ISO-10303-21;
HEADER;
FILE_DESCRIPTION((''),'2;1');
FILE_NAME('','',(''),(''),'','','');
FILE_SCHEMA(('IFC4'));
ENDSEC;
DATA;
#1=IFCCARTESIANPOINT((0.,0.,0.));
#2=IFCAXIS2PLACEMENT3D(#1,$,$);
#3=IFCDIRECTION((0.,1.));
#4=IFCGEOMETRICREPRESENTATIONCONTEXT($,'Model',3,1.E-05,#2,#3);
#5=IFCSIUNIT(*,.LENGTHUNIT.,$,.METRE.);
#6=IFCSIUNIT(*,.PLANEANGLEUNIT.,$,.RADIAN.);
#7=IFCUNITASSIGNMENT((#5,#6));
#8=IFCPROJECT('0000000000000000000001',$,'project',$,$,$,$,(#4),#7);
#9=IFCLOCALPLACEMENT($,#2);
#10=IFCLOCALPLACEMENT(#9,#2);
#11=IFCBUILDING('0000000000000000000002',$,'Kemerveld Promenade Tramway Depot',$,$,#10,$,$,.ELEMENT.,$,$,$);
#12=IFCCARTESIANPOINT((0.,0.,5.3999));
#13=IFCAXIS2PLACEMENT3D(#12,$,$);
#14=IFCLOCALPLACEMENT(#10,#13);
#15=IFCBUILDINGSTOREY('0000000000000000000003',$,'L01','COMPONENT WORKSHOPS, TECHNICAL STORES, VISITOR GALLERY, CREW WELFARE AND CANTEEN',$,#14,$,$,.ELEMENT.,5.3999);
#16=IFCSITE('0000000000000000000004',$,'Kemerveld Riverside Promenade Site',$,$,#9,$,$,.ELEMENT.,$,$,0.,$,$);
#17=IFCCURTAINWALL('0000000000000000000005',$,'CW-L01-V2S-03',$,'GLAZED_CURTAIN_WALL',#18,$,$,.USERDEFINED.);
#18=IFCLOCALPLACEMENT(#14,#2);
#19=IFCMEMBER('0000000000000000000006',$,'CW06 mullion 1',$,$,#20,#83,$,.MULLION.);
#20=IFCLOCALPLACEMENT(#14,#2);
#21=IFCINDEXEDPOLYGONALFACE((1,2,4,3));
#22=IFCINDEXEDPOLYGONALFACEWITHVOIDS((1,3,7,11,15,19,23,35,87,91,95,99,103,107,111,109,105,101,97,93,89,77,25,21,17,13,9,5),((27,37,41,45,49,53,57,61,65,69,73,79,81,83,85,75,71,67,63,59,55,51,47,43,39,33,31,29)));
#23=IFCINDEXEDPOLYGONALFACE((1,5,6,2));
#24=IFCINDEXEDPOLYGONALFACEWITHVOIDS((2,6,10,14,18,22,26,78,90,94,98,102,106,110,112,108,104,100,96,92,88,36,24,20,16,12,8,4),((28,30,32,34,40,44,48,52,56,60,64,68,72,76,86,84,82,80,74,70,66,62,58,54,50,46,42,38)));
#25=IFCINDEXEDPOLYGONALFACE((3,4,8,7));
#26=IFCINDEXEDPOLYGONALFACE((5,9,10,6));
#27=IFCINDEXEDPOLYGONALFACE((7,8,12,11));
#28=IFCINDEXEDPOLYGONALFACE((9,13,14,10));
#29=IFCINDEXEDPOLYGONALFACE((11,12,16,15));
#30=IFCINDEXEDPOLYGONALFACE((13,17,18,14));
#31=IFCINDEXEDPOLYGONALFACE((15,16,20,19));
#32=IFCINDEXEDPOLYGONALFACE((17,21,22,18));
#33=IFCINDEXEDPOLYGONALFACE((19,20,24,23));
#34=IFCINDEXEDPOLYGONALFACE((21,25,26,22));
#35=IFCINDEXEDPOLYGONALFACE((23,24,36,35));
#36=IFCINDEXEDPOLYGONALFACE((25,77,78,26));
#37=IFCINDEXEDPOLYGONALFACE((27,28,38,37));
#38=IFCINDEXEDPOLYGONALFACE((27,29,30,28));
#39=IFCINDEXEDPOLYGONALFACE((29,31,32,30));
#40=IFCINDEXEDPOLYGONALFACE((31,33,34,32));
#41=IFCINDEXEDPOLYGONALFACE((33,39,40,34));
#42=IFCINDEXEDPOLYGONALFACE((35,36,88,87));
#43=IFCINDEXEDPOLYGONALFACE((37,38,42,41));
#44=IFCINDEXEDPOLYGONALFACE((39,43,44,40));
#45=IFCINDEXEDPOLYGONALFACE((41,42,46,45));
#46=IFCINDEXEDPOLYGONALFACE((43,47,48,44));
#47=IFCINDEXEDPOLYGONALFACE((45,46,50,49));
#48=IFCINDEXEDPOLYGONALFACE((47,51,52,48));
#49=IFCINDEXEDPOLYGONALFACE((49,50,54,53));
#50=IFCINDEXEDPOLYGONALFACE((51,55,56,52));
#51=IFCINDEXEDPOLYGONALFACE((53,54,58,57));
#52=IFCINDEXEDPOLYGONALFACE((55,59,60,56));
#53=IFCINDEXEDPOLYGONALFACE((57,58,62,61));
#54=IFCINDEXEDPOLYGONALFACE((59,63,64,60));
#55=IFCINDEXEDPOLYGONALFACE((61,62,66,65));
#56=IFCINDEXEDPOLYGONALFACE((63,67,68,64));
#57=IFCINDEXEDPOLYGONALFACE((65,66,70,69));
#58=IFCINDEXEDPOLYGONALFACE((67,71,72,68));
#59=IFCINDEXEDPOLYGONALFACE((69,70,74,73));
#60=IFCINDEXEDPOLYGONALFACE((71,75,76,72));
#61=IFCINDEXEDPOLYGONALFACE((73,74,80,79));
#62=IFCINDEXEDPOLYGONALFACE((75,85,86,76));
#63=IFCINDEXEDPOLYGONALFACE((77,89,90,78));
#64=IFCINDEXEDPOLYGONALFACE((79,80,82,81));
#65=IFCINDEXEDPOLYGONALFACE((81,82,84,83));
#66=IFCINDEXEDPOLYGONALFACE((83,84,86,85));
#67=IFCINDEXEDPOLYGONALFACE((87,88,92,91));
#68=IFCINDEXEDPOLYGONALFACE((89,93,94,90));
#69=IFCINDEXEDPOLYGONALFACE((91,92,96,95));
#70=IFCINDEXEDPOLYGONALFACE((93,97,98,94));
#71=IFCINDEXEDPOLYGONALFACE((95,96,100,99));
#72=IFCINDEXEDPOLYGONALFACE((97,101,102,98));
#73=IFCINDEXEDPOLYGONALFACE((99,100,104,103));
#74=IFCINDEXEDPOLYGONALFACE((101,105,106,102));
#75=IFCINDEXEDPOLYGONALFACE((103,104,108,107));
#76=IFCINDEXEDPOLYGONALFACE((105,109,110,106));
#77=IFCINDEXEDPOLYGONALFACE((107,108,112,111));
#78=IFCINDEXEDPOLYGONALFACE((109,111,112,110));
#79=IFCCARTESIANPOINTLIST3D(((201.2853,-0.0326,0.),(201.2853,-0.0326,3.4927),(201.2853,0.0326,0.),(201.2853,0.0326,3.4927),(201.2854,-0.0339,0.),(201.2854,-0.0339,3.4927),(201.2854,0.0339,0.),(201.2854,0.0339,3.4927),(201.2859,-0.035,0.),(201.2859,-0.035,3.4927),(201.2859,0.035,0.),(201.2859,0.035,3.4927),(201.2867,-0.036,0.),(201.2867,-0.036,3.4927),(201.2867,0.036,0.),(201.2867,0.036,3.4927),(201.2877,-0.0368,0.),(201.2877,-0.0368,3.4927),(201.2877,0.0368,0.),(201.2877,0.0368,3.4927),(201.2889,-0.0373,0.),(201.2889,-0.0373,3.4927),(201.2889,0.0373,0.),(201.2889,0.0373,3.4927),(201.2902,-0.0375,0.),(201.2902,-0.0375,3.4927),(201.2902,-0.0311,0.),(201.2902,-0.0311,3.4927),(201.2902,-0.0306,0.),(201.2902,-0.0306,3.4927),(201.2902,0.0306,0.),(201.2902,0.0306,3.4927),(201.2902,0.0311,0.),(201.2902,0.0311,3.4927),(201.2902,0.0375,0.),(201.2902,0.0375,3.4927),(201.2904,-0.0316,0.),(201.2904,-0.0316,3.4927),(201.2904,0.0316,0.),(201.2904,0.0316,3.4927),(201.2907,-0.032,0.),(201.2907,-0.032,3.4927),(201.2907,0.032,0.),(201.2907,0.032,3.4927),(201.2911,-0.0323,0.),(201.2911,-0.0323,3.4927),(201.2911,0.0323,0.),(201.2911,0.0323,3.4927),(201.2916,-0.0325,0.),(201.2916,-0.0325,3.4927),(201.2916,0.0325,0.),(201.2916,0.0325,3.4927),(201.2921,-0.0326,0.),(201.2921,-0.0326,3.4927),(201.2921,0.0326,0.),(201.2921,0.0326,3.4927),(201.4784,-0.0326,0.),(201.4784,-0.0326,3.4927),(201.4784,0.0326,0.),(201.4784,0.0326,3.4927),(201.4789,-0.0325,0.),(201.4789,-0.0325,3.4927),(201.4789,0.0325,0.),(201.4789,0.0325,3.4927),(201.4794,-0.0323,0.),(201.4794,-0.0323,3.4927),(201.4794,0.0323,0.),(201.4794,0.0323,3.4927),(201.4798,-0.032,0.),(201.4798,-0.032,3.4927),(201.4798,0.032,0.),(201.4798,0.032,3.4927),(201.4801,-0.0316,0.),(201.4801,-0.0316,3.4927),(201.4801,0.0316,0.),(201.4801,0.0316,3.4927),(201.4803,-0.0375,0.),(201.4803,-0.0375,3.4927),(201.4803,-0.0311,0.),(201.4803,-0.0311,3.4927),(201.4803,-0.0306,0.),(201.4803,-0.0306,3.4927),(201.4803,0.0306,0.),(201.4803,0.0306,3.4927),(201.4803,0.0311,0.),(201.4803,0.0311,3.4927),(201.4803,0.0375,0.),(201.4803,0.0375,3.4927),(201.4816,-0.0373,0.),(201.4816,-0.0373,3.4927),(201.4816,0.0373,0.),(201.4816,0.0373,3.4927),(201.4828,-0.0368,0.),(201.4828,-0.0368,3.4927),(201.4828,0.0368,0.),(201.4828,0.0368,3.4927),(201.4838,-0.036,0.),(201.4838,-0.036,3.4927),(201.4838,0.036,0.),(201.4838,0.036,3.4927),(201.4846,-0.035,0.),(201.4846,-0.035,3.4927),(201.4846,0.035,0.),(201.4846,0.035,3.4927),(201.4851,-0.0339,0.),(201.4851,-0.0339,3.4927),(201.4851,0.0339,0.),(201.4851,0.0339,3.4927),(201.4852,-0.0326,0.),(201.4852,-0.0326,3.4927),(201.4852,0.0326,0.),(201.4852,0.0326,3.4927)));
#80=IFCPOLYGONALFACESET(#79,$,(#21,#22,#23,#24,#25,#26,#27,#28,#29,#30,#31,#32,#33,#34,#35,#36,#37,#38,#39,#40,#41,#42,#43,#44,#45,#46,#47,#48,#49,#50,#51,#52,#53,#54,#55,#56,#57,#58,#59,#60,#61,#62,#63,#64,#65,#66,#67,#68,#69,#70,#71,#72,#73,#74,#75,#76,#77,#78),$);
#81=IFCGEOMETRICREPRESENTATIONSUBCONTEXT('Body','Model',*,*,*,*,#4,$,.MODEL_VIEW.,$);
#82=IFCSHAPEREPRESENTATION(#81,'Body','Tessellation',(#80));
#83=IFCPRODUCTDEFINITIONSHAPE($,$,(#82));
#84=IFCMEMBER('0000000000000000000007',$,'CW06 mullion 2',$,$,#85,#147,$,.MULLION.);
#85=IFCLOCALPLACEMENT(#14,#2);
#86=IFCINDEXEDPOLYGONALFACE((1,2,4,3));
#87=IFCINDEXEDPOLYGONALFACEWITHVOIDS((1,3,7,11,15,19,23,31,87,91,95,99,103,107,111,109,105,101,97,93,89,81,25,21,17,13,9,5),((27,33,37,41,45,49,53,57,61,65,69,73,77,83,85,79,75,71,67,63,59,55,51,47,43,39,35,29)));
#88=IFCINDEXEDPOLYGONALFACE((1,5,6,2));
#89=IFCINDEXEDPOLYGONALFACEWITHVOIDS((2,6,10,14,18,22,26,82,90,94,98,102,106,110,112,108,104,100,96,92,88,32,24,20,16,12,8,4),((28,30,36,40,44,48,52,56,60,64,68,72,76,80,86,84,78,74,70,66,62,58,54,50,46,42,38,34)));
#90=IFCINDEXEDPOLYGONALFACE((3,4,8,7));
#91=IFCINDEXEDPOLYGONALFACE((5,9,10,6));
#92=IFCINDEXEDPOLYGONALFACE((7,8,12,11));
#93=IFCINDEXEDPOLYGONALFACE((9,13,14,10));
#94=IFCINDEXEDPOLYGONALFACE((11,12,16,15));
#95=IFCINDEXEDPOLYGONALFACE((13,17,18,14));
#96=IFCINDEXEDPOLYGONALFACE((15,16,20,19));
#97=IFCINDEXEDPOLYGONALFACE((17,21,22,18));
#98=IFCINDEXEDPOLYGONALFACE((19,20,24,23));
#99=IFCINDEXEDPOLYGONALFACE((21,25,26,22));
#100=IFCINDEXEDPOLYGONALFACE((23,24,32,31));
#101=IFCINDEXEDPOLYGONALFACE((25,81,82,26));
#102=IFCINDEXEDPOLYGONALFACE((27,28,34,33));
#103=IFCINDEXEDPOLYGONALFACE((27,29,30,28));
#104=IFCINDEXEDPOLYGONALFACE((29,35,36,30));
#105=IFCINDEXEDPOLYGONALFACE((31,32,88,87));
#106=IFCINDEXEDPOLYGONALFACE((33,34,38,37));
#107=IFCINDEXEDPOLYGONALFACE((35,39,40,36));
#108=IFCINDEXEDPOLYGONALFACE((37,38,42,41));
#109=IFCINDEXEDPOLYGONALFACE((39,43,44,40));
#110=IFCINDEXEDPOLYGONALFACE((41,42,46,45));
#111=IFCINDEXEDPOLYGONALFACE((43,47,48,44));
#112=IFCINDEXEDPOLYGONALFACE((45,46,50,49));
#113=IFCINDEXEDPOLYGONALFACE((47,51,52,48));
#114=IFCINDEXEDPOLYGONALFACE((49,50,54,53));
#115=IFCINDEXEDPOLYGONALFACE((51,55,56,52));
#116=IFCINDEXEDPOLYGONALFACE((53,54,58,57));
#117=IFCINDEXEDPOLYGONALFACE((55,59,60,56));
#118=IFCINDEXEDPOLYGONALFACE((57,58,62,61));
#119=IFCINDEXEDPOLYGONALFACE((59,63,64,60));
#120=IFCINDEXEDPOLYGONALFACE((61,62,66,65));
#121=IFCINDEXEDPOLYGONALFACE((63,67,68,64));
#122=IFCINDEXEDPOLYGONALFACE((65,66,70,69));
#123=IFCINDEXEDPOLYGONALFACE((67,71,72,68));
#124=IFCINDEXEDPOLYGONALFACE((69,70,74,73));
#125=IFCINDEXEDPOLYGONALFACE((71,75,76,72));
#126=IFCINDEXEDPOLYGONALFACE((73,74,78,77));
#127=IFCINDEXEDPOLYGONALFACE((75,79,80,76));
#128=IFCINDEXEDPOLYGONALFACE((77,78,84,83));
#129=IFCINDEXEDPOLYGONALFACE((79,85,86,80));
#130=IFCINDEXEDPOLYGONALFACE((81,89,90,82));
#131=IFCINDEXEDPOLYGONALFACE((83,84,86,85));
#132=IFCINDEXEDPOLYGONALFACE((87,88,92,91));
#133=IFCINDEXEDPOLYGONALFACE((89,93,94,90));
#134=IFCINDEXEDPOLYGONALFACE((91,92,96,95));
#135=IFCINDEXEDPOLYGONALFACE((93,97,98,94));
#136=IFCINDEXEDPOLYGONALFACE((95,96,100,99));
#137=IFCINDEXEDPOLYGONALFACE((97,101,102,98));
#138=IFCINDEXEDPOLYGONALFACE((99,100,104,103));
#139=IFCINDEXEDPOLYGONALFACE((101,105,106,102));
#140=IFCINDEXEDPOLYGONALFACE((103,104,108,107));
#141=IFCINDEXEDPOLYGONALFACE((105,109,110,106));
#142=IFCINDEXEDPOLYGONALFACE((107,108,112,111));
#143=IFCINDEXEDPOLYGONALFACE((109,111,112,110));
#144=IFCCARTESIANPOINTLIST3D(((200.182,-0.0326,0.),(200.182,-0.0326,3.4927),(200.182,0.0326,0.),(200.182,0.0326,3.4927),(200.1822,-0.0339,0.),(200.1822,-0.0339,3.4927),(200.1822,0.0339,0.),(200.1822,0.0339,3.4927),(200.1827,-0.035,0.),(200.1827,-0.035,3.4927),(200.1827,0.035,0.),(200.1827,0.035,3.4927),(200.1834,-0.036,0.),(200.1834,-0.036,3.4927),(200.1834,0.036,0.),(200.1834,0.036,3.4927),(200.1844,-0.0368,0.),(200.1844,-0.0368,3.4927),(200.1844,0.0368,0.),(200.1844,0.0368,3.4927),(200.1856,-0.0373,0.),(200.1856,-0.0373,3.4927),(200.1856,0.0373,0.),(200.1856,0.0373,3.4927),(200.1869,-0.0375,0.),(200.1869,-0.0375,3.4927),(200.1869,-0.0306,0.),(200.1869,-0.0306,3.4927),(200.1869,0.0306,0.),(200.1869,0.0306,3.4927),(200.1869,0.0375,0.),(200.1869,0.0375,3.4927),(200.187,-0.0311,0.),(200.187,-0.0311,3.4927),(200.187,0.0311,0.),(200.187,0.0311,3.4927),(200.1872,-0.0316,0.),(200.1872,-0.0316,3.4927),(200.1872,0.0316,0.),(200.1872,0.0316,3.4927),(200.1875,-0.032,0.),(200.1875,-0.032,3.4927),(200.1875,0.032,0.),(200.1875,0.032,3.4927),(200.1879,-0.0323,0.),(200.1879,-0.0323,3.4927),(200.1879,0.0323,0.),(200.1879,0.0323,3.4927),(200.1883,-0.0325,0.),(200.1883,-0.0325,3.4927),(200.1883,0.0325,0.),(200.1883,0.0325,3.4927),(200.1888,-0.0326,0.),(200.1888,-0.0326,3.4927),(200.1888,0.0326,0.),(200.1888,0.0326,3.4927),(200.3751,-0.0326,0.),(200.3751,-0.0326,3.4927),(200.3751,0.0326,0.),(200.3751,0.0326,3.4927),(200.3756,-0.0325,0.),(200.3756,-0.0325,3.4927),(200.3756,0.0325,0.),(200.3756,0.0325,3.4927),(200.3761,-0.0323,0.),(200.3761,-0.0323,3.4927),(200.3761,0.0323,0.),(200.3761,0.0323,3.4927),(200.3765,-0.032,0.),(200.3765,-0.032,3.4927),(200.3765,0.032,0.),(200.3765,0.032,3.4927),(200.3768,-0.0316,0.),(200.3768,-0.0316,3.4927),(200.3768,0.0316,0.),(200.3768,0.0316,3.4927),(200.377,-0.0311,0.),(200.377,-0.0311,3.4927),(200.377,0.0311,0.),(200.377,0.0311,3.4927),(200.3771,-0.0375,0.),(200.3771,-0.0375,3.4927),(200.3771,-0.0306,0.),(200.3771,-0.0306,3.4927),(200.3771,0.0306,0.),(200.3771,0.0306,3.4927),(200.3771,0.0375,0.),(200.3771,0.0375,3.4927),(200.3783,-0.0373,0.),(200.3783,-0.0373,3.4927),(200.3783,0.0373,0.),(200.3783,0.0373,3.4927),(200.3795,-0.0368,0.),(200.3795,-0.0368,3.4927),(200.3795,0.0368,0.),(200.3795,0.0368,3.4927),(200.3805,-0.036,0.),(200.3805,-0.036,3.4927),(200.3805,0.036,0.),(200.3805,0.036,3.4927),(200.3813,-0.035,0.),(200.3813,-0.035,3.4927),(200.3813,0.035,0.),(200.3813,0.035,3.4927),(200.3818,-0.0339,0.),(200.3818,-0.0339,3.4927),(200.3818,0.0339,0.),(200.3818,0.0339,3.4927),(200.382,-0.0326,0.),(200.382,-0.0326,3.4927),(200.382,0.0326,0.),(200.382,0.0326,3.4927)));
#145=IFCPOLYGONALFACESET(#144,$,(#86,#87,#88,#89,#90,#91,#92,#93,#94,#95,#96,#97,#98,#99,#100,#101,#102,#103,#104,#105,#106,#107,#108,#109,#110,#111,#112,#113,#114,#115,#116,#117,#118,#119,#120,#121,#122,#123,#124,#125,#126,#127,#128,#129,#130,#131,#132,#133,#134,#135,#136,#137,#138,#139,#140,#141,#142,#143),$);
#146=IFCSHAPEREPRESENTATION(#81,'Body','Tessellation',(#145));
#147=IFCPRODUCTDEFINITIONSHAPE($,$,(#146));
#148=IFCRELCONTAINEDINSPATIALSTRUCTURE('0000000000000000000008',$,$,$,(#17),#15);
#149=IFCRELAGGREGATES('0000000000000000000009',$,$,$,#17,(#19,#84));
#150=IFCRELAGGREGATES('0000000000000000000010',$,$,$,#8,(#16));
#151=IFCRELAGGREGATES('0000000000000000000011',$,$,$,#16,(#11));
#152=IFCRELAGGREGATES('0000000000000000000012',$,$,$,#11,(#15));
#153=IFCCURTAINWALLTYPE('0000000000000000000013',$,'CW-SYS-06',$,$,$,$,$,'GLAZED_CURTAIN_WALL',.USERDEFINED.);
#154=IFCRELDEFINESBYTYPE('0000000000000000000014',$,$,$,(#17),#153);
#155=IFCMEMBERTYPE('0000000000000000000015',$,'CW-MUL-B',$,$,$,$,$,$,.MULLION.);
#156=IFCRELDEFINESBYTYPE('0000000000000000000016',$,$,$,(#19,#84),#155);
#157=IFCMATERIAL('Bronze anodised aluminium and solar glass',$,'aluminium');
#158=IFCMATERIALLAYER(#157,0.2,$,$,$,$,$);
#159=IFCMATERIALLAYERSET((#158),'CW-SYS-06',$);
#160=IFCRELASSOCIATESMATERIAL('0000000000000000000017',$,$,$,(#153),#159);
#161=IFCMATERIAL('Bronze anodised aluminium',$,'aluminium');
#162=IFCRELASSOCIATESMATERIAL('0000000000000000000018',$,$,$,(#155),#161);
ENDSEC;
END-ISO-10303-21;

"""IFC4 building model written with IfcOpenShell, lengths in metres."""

from ifc_helpers import new_model, si_unit, direction, frame, origin, origin_2d, place, context, subcontext, project, spatial, hollow_rectangle, extrude, material, layer, layer_set, material_profile, profile_set, type_object, element, aggregate, save


model = new_model("IFC4")

# Units and contexts
model_context = context("Model", 3, precision=1e-05, world=origin(), true_north=direction((0.0, 1.0)))
body_context = subcontext(model_context, "Body", "Model", "MODEL_VIEW")
ifc_project = project(units=[si_unit("LENGTHUNIT", "METRE"), si_unit("PLANEANGLEUNIT", "RADIAN")], contexts=[model_context])

# Site, building, storey
site_placement = place(None, origin())
site = spatial("IfcSite", under=ifc_project, at=site_placement, Name="Kemerveld Riverside Promenade Site", CompositionType="ELEMENT", RefElevation=0.0)
building_placement = place(site_placement, origin())
building = spatial("IfcBuilding", under=site, at=building_placement, Name="Kemerveld Promenade Tramway Depot", CompositionType="ELEMENT")
storey_placement = place(building_placement, frame((0.0, 0.0, 5.3999)))
storey = spatial("IfcBuildingStorey", under=building, at=storey_placement, Name="L01", Description="COMPONENT WORKSHOPS, TECHNICAL STORES, VISITOR GALLERY, CREW WELFARE AND CANTEEN", CompositionType="ELEMENT", Elevation=5.3999)

# Curtain wall, members
ifc_material_1 = material(Name="Bronze anodised aluminium and solar glass", Category="aluminium")
ifc_layer_1 = layer(ifc_material_1, 0.2)
ifc_layer_set_1 = layer_set([ifc_layer_1], Name="CW-SYS-06")
curtain_wall_type = type_object("IfcCurtainWallType", Name="CW-SYS-06", ElementType="GLAZED_CURTAIN_WALL", PredefinedType="USERDEFINED", material=ifc_layer_set_1)
curtain_wall_placement = place(storey_placement, origin())
curtain_wall = element("IfcCurtainWall", 1, at=curtain_wall_placement, inside=storey, type_object=curtain_wall_type, Name="CW-L01-V2S-03", ObjectType="GLAZED_CURTAIN_WALL", PredefinedType="USERDEFINED")
ifc_material_2 = material(Name="Bronze anodised aluminium", Category="aluminium")
ifc_material_profile_1 = material_profile(ifc_material_2, hollow_rectangle(XDim=0.075, YDim=0.2, WallThickness=0.0049, InnerFilletRadius=0.002, OuterFilletRadius=0.0049, at=origin_2d()), Name="CW-MUL-200x75")
ifc_profile_set_1 = profile_set([ifc_material_profile_1], Name="Bronze anodised aluminium")
member_type_1 = type_object("IfcMemberType", Name="CW-MUL-B", PredefinedType="MULLION", material=ifc_profile_set_1)
member_1_placement = place(storey_placement, frame((201.3853, 0.0, 0.0), z_axis=(0.0, 0.0, 1.0), x_axis=(0.0, -1.0, 0.0)))
member_1 = element("IfcMember", 2, at=member_1_placement, type_object=member_type_1, Name="CW06 mullion 1", PredefinedType="MULLION", context=body_context, shape_type="SweptSolid", body=[
    extrude(hollow_rectangle(XDim=0.075, YDim=0.2, WallThickness=0.0049, InnerFilletRadius=0.002, OuterFilletRadius=0.0049, at=origin_2d()), origin(), (0.0, 0.0, 1.0), 3.4927),
])
member_2_placement = place(storey_placement, frame((200.282, 0.0, 0.0), z_axis=(0.0, 0.0, 1.0), x_axis=(0.0, -1.0, 0.0)))
member_2 = element("IfcMember", 3, at=member_2_placement, type_object=member_type_1, Name="CW06 mullion 2", PredefinedType="MULLION", context=body_context, shape_type="SweptSolid", body=[
    extrude(hollow_rectangle(XDim=0.075, YDim=0.2, WallThickness=0.0049, InnerFilletRadius=0.002, OuterFilletRadius=0.0049, at=origin_2d()), origin(), (0.0, 0.0, 1.0), 3.4927),
])
aggregate(curtain_wall, [member_1, member_2])

save(model, "model.ifc")
